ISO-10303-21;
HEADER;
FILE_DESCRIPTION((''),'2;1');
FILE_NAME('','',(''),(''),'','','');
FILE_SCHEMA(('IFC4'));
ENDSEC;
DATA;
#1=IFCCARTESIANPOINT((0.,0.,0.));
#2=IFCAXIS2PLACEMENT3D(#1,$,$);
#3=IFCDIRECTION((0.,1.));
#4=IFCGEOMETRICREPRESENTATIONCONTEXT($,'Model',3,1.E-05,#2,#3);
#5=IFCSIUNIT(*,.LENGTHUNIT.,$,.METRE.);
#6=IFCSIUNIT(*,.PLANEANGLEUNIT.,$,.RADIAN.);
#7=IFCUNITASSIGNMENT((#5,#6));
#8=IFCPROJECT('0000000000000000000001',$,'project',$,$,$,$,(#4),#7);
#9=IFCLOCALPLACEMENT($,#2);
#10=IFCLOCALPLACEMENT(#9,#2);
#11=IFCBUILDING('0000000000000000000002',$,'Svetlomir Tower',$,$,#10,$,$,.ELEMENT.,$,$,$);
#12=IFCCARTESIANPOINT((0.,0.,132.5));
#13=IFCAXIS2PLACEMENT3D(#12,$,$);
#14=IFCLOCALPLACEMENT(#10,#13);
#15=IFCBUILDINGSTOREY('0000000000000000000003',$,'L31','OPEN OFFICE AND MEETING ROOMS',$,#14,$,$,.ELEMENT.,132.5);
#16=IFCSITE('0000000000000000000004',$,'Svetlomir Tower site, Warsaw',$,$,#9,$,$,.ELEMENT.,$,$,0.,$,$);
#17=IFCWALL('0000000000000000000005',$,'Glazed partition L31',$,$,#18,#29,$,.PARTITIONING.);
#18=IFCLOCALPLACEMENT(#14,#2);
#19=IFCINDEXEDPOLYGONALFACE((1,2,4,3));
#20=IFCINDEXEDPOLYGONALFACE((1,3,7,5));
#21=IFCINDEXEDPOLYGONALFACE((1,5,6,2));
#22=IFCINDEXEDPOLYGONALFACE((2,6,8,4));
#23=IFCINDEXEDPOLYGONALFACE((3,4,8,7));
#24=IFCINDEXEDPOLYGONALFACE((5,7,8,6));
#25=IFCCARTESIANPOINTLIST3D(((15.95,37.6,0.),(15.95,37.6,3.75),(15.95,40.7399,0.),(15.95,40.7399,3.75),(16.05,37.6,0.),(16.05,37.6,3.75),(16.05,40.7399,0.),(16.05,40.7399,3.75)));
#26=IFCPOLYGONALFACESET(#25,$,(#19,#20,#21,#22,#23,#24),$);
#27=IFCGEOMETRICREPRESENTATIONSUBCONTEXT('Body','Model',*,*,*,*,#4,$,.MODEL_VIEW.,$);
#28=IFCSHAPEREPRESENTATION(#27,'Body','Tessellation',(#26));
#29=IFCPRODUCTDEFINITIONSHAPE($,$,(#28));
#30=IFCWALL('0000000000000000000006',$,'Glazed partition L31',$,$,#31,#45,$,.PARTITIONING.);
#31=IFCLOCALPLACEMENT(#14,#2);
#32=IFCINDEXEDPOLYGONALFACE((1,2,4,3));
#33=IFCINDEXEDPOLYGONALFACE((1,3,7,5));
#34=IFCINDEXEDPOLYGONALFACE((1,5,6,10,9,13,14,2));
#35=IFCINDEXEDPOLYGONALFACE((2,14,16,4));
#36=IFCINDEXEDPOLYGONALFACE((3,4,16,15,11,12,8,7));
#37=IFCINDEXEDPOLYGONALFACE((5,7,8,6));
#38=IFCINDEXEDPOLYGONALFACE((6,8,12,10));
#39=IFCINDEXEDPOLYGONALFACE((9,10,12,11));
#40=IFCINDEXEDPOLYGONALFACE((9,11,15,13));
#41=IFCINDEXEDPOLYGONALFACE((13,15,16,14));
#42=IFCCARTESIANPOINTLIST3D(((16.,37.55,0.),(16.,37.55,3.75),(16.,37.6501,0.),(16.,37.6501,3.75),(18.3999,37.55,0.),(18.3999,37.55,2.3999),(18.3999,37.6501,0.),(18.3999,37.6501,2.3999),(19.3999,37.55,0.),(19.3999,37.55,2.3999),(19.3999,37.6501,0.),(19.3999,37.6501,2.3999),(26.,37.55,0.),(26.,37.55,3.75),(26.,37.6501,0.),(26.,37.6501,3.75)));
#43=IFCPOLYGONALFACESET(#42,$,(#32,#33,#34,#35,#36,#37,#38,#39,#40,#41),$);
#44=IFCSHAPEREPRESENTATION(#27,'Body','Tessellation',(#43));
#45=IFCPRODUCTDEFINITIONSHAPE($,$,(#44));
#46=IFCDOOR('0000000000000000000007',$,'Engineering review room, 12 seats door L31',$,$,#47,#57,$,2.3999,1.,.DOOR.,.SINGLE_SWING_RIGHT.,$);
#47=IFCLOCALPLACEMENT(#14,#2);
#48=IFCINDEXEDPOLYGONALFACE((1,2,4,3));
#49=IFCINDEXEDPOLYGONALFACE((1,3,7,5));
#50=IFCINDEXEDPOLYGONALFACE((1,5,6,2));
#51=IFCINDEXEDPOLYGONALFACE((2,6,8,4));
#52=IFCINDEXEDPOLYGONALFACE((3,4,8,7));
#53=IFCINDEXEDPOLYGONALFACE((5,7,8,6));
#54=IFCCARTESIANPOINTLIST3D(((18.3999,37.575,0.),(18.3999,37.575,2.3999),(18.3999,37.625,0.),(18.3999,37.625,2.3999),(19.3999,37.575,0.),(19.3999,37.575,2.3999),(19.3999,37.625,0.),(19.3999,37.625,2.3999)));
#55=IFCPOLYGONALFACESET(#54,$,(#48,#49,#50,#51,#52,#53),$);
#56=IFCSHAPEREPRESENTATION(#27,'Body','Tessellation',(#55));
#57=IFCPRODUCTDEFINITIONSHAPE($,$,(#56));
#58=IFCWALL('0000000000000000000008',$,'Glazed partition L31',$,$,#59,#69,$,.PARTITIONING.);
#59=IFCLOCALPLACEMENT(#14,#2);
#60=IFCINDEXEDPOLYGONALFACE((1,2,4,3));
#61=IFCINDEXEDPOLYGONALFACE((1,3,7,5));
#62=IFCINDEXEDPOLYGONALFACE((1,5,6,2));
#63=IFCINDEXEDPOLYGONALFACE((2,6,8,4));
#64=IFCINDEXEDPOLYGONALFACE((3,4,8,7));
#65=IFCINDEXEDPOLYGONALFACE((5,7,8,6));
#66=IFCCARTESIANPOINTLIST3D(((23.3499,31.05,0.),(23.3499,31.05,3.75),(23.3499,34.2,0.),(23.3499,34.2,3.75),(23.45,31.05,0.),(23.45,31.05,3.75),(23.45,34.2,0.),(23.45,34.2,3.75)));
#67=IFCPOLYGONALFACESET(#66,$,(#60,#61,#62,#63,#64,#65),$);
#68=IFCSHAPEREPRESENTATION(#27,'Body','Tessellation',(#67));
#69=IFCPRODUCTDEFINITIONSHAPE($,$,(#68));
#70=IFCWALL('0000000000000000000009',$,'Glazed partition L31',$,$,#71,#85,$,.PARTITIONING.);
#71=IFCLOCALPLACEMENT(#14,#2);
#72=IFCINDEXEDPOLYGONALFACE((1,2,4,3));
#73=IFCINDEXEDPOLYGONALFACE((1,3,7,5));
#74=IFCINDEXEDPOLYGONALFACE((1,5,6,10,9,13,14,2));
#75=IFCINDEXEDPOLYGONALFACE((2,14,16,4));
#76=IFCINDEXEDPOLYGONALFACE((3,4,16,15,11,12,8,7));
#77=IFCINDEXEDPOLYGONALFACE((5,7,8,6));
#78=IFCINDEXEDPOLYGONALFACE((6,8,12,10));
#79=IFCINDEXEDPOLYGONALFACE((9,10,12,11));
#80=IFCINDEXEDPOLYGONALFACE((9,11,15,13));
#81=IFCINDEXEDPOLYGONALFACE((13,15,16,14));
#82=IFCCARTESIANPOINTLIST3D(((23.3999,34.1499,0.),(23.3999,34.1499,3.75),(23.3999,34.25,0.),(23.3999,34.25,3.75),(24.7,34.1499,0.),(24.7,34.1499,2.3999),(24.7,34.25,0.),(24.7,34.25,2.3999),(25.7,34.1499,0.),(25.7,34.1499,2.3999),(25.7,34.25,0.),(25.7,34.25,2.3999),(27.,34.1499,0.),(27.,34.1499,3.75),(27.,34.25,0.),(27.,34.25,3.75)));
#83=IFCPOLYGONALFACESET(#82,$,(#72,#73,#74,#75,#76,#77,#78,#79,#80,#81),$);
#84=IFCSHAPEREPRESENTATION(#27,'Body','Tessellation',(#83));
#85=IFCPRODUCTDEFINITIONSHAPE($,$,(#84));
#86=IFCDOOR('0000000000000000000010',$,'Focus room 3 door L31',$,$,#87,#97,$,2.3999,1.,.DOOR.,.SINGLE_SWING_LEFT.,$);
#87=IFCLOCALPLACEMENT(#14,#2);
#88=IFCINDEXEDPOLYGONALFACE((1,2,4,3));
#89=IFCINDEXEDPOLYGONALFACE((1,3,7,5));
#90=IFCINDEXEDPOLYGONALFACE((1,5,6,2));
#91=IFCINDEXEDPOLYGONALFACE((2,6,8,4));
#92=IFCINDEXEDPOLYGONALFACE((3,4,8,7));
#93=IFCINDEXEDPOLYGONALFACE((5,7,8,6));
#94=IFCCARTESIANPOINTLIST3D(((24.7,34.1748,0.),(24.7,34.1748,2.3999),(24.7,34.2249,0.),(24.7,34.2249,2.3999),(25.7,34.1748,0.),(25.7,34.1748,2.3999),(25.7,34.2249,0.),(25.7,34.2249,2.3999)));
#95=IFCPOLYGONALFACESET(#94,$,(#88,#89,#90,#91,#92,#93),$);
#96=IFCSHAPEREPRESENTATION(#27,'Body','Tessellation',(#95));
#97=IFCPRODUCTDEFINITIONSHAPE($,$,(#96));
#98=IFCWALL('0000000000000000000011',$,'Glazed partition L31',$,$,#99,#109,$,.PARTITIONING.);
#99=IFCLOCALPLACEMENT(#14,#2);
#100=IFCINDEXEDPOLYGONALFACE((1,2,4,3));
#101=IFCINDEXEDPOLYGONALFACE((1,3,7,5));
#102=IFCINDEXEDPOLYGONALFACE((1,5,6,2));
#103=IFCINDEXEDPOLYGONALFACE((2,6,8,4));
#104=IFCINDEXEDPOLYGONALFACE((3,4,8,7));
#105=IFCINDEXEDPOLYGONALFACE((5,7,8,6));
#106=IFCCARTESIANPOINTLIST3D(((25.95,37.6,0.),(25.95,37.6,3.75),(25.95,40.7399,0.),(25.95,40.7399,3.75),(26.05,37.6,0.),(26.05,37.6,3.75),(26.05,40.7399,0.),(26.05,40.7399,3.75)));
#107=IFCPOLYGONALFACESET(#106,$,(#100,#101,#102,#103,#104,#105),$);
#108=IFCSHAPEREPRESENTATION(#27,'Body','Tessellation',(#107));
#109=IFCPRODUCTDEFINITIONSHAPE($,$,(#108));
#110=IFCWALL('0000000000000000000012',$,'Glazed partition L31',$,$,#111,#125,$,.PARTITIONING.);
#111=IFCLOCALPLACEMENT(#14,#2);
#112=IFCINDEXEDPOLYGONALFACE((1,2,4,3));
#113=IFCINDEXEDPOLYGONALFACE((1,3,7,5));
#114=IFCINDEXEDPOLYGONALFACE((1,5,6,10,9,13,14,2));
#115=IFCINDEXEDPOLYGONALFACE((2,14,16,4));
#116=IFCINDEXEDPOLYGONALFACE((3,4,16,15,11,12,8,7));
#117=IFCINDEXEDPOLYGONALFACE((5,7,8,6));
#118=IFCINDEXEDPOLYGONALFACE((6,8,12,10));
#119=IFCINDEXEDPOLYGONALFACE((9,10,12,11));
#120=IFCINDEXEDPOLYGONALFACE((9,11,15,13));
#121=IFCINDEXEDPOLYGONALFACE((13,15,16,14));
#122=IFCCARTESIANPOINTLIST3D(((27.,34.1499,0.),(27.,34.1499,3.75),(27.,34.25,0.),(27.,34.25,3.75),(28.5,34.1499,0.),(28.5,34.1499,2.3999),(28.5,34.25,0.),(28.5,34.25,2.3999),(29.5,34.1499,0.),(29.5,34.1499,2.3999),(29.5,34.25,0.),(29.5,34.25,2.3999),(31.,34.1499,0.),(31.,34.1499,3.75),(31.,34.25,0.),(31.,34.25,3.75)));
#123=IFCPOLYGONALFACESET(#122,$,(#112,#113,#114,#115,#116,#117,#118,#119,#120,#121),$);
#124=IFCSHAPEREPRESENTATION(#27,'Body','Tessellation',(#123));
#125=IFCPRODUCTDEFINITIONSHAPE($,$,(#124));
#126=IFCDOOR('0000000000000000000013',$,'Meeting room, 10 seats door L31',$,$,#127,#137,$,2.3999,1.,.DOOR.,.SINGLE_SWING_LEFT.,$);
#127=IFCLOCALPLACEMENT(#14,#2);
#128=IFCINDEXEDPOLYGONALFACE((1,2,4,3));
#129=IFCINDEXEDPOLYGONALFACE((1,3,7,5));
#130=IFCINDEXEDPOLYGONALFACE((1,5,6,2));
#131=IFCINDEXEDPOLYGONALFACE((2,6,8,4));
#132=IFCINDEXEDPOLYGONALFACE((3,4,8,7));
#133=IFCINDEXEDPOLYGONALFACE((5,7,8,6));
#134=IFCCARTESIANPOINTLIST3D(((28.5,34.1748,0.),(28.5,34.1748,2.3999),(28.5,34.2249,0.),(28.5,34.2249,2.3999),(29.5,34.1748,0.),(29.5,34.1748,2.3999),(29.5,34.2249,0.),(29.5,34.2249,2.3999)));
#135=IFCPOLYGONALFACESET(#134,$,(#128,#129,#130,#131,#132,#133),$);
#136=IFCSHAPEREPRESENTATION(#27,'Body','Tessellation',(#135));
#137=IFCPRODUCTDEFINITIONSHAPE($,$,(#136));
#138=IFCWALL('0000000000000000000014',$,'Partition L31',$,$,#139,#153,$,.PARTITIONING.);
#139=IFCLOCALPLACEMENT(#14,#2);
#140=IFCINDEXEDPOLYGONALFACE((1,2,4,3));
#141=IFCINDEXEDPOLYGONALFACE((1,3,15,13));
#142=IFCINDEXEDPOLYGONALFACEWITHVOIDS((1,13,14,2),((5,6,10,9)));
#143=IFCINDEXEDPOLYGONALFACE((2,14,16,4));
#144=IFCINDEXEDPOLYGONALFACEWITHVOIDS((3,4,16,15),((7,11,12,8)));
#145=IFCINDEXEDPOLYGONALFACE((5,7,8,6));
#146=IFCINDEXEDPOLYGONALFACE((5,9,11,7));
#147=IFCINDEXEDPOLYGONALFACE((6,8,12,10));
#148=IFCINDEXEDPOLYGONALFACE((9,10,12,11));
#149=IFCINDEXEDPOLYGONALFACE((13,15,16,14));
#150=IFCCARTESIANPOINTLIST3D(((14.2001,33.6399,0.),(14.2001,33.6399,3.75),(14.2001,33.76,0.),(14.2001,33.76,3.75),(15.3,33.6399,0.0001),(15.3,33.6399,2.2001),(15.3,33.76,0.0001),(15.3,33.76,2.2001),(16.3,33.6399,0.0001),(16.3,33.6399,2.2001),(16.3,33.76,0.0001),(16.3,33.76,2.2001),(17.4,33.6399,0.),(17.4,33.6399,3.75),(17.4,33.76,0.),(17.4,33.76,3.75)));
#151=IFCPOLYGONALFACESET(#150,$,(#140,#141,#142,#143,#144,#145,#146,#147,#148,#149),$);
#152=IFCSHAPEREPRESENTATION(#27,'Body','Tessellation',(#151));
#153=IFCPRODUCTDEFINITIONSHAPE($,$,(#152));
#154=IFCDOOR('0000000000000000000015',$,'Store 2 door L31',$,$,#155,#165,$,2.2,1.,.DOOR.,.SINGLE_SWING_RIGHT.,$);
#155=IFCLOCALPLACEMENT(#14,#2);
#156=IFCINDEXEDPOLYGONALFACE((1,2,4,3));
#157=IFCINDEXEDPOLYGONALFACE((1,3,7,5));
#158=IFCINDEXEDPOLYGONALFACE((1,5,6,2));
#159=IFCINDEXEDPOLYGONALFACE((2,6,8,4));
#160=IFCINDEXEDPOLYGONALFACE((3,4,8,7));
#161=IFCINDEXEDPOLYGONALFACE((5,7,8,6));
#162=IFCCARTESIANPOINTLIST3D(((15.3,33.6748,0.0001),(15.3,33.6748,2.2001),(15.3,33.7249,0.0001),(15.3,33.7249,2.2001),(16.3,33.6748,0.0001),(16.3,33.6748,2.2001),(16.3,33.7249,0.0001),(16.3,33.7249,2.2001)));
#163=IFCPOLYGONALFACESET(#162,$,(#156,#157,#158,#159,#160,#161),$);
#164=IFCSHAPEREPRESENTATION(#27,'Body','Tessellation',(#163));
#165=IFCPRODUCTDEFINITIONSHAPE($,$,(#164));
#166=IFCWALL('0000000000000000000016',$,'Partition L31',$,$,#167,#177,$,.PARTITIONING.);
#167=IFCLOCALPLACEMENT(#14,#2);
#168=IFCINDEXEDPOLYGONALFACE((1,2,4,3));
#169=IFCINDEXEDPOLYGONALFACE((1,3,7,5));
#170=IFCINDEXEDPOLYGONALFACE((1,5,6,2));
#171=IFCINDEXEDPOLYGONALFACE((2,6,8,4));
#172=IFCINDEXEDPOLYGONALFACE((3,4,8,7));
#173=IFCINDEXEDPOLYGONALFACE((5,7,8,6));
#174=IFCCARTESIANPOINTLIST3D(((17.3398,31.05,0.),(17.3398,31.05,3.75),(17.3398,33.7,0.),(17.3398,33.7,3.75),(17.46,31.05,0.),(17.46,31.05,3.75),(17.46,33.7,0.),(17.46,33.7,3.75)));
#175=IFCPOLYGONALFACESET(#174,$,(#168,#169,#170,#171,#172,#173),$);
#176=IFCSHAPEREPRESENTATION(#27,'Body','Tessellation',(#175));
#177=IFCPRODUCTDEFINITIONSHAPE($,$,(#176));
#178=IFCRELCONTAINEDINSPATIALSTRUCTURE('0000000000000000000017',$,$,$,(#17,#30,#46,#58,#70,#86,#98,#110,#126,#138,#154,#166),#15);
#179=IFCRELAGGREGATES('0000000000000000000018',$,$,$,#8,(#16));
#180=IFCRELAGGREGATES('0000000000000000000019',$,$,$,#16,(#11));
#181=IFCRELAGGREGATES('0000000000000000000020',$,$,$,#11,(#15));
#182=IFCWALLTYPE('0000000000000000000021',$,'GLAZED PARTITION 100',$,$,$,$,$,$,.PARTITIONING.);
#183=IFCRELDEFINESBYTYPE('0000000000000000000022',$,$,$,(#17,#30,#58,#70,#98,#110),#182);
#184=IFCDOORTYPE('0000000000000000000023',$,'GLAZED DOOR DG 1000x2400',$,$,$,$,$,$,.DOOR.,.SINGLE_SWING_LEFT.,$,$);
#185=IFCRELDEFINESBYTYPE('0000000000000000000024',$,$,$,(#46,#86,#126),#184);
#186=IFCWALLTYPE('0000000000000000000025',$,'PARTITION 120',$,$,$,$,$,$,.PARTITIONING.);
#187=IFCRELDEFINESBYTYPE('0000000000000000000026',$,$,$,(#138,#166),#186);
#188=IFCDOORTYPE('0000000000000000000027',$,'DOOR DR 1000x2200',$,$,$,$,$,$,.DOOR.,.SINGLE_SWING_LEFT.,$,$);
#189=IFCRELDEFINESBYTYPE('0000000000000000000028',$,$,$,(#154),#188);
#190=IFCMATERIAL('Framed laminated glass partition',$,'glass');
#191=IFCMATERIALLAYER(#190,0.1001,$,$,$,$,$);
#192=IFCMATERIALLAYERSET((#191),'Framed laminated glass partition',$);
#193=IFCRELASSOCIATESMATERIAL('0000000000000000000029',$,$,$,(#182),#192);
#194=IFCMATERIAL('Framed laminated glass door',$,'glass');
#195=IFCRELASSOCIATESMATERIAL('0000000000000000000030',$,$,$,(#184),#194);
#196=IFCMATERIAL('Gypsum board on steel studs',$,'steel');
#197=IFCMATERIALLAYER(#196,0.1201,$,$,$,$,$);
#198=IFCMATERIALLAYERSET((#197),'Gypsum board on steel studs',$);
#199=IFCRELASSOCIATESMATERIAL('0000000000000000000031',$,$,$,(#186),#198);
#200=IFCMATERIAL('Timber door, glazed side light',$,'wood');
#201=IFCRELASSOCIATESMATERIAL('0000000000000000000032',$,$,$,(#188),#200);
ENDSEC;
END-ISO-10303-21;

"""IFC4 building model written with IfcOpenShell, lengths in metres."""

from ifc_helpers import new_model, si_unit, direction, frame, frame_2d, origin, place, context, subcontext, project, spatial, rectangle, extrude, material, layer, layer_set, type_object, element, fill, save


model = new_model("IFC4")

# Units and contexts
model_context = context("Model", 3, precision=1e-05, world=origin(), true_north=direction((0.0, 1.0)))
body_context = subcontext(model_context, "Body", "Model", "MODEL_VIEW")
ifc_project = project(units=[si_unit("LENGTHUNIT", "METRE"), si_unit("PLANEANGLEUNIT", "RADIAN")], contexts=[model_context])

# Site, building, storey
site_placement = place(None, origin())
site = spatial("IfcSite", under=ifc_project, at=site_placement, Name="Svetlomir Tower site, Warsaw", CompositionType="ELEMENT", RefElevation=0.0)
building_placement = place(site_placement, origin())
building = spatial("IfcBuilding", under=site, at=building_placement, Name="Svetlomir Tower", CompositionType="ELEMENT")
storey_placement = place(building_placement, frame((0.0, 0.0, 132.5)))
storey = spatial("IfcBuildingStorey", under=building, at=storey_placement, Name="L31", Description="OPEN OFFICE AND MEETING ROOMS", CompositionType="ELEMENT", Elevation=132.5)

# Wall
ifc_material_1 = material(Name="Framed laminated glass partition", Category="glass")
ifc_layer_1 = layer(ifc_material_1, 0.1001)
ifc_layer_set_1 = layer_set([ifc_layer_1], Name="Framed laminated glass partition")
wall_type_1 = type_object("IfcWallType", Name="GLAZED PARTITION 100", PredefinedType="PARTITIONING", material=ifc_layer_set_1)
wall_1_placement = place(storey_placement, frame((16.0, 37.6001, 0.0), z_axis=(0.0, 0.0, 1.0), x_axis=(0.0, 1.0, 0.0)))
element("IfcWall", 1, at=wall_1_placement, inside=storey, type_object=wall_type_1, Name="Glazed partition L31", PredefinedType="PARTITIONING", context=body_context, shape_type="SweptSolid", body=[
    extrude(rectangle(XDim=3.1399, YDim=0.1001, at=frame_2d((1.5698, 0.0))), origin(), (0.0, 0.0, 1.0), 3.75),
])

# Wall, opening, door
wall_2_placement = place(storey_placement, frame((16.0, 37.6001, 0.0), z_axis=(0.0, 0.0, 1.0), x_axis=(1.0, 0.0, 0.0)))
wall_2 = element("IfcWall", 2, at=wall_2_placement, inside=storey, type_object=wall_type_1, Name="Glazed partition L31", PredefinedType="PARTITIONING", context=body_context, shape_type="SweptSolid", body=[
    extrude(rectangle(XDim=10.0, YDim=0.1001, at=frame_2d((5.0, 0.0))), origin(), (0.0, 0.0, 1.0), 3.75),
])
opening_1_placement = place(wall_2_placement, frame((2.3999, 0.0, 0.0)))
opening_1 = element("IfcOpeningElement", 3, at=opening_1_placement, cuts=wall_2, PredefinedType="OPENING", context=body_context, shape_type="SweptSolid", body=[
    extrude(rectangle(XDim=1.0, YDim=2.3999, at=frame_2d((0.5, 1.2))), frame((0.0, 0.0601, 0.0), z_axis=(0.0, -1.0, 0.0), x_axis=(1.0, 0.0, 0.0)), (0.0, 0.0, 1.0), 0.1201),
])
ifc_material_2 = material(Name="Framed laminated glass door", Category="glass")
door_type_1 = type_object("IfcDoorType", Name="GLAZED DOOR DG 1000x2400", OperationType="SINGLE_SWING_LEFT", PredefinedType="DOOR", material=ifc_material_2)
door_1_placement = place(opening_1_placement, origin())
door_1 = element("IfcDoor", 4, at=door_1_placement, inside=storey, type_object=door_type_1, Name="Engineering review room, 12 seats door L31", OperationType="SINGLE_SWING_RIGHT", OverallHeight=2.3999, OverallWidth=1.0, PredefinedType="DOOR", context=body_context, shape_type="SweptSolid", body=[
    extrude(rectangle(XDim=1.0, YDim=2.3999, at=frame_2d((0.5, 1.2))), frame((0.0, 0.0249, 0.0), z_axis=(0.0, -1.0, 0.0), x_axis=(1.0, 0.0, 0.0)), (0.0, 0.0, 1.0), 0.05),
])
fill(opening_1, door_1)

# Wall
wall_3_placement = place(storey_placement, frame((23.3999, 31.05, 0.0), z_axis=(0.0, 0.0, 1.0), x_axis=(0.0, 1.0, 0.0)))
element("IfcWall", 5, at=wall_3_placement, inside=storey, type_object=wall_type_1, Name="Glazed partition L31", PredefinedType="PARTITIONING", context=body_context, shape_type="SweptSolid", body=[
    extrude(rectangle(XDim=3.1499, YDim=0.1001, at=frame_2d((1.575, 0.0))), origin(), (0.0, 0.0, 1.0), 3.75),
])

# Wall, opening, door
wall_4_placement = place(storey_placement, frame((23.3999, 34.2, 0.0), z_axis=(0.0, 0.0, 1.0), x_axis=(1.0, 0.0, 0.0)))
wall_4 = element("IfcWall", 6, at=wall_4_placement, inside=storey, type_object=wall_type_1, Name="Glazed partition L31", PredefinedType="PARTITIONING", context=body_context, shape_type="SweptSolid", body=[
    extrude(rectangle(XDim=3.6001, YDim=0.1001, at=frame_2d((1.8, 0.0))), origin(), (0.0, 0.0, 1.0), 3.75),
])
opening_2_placement = place(wall_4_placement, frame((1.3, 0.0, 0.0)))
opening_2 = element("IfcOpeningElement", 7, at=opening_2_placement, cuts=wall_4, PredefinedType="OPENING", context=body_context, shape_type="SweptSolid", body=[
    extrude(rectangle(XDim=1.0, YDim=2.3999, at=frame_2d((0.5, 1.2))), frame((0.0, 0.0601, 0.0), z_axis=(0.0, -1.0, 0.0), x_axis=(1.0, 0.0, 0.0)), (0.0, 0.0, 1.0), 0.1201),
])
door_2_placement = place(opening_2_placement, origin())
door_2 = element("IfcDoor", 8, at=door_2_placement, inside=storey, type_object=door_type_1, Name="Focus room 3 door L31", OperationType="SINGLE_SWING_LEFT", OverallHeight=2.3999, OverallWidth=1.0, PredefinedType="DOOR", context=body_context, shape_type="SweptSolid", body=[
    extrude(rectangle(XDim=1.0, YDim=2.3999, at=frame_2d((0.5, 1.2))), frame((0.0, 0.0249, 0.0), z_axis=(0.0, -1.0, 0.0), x_axis=(1.0, 0.0, 0.0)), (0.0, 0.0, 1.0), 0.05),
])
fill(opening_2, door_2)

# Wall
wall_5_placement = place(storey_placement, frame((26.0, 37.6001, 0.0), z_axis=(0.0, 0.0, 1.0), x_axis=(0.0, 1.0, 0.0)))
element("IfcWall", 9, at=wall_5_placement, inside=storey, type_object=wall_type_1, Name="Glazed partition L31", PredefinedType="PARTITIONING", context=body_context, shape_type="SweptSolid", body=[
    extrude(rectangle(XDim=3.1399, YDim=0.1001, at=frame_2d((1.5698, 0.0))), origin(), (0.0, 0.0, 1.0), 3.75),
])

# Walls, openings, doors
wall_6_placement = place(storey_placement, frame((27.0, 34.2, 0.0), z_axis=(0.0, 0.0, 1.0), x_axis=(1.0, 0.0, 0.0)))
wall_6 = element("IfcWall", 10, at=wall_6_placement, inside=storey, type_object=wall_type_1, Name="Glazed partition L31", PredefinedType="PARTITIONING", context=body_context, shape_type="SweptSolid", body=[
    extrude(rectangle(XDim=4.0, YDim=0.1001, at=frame_2d((2.0, 0.0))), origin(), (0.0, 0.0, 1.0), 3.75),
])
opening_3_placement = place(wall_6_placement, frame((1.5, 0.0, 0.0)))
opening_3 = element("IfcOpeningElement", 11, at=opening_3_placement, cuts=wall_6, PredefinedType="OPENING", context=body_context, shape_type="SweptSolid", body=[
    extrude(rectangle(XDim=1.0, YDim=2.3999, at=frame_2d((0.5, 1.2))), frame((0.0, 0.0601, 0.0), z_axis=(0.0, -1.0, 0.0), x_axis=(1.0, 0.0, 0.0)), (0.0, 0.0, 1.0), 0.1201),
])
door_3_placement = place(opening_3_placement, origin())
door_3 = element("IfcDoor", 12, at=door_3_placement, inside=storey, type_object=door_type_1, Name="Meeting room, 10 seats door L31", OperationType="SINGLE_SWING_LEFT", OverallHeight=2.3999, OverallWidth=1.0, PredefinedType="DOOR", context=body_context, shape_type="SweptSolid", body=[
    extrude(rectangle(XDim=1.0, YDim=2.3999, at=frame_2d((0.5, 1.2))), frame((0.0, 0.0249, 0.0), z_axis=(0.0, -1.0, 0.0), x_axis=(1.0, 0.0, 0.0)), (0.0, 0.0, 1.0), 0.05),
])
fill(opening_3, door_3)
ifc_material_3 = material(Name="Gypsum board on steel studs", Category="steel")
ifc_layer_2 = layer(ifc_material_3, 0.1201)
ifc_layer_set_2 = layer_set([ifc_layer_2], Name="Gypsum board on steel studs")
wall_type_2 = type_object("IfcWallType", Name="PARTITION 120", PredefinedType="PARTITIONING", material=ifc_layer_set_2)
wall_7_placement = place(storey_placement, frame((14.2, 33.7, 0.0), z_axis=(0.0, 0.0, 1.0), x_axis=(1.0, 0.0, 0.0)))
wall_7 = element("IfcWall", 13, at=wall_7_placement, inside=storey, type_object=wall_type_2, Name="Partition L31", PredefinedType="PARTITIONING", context=body_context, shape_type="SweptSolid", body=[
    extrude(rectangle(XDim=3.2, YDim=0.1201, at=frame_2d((1.6001, 0.0))), origin(), (0.0, 0.0, 1.0), 3.75),
])
opening_4_placement = place(wall_7_placement, frame((1.1001, 0.0, 0.0)))
opening_4 = element("IfcOpeningElement", 14, at=opening_4_placement, cuts=wall_7, PredefinedType="OPENING", context=body_context, shape_type="SweptSolid", body=[
    extrude(rectangle(XDim=1.0, YDim=2.2, at=frame_2d((0.5, 1.1001))), frame((0.0, 0.0701, 0.0), z_axis=(0.0, -1.0, 0.0), x_axis=(1.0, 0.0, 0.0)), (0.0, 0.0, 1.0), 0.1401),
])
ifc_material_4 = material(Name="Timber door, glazed side light", Category="wood")
door_type_2 = type_object("IfcDoorType", Name="DOOR DR 1000x2200", OperationType="SINGLE_SWING_LEFT", PredefinedType="DOOR", material=ifc_material_4)
door_4_placement = place(opening_4_placement, origin())
door_4 = element("IfcDoor", 15, at=door_4_placement, inside=storey, type_object=door_type_2, Name="Store 2 door L31", OperationType="SINGLE_SWING_RIGHT", OverallHeight=2.2, OverallWidth=1.0, PredefinedType="DOOR", context=body_context, shape_type="SweptSolid", body=[
    extrude(rectangle(XDim=1.0, YDim=2.2, at=frame_2d((0.5, 1.1001))), frame((0.0, 0.0249, 0.0), z_axis=(0.0, -1.0, 0.0), x_axis=(1.0, 0.0, 0.0)), (0.0, 0.0, 1.0), 0.05),
])
fill(opening_4, door_4)

# Wall
wall_8_placement = place(storey_placement, frame((17.3999, 31.05, 0.0), z_axis=(0.0, 0.0, 1.0), x_axis=(0.0, 1.0, 0.0)))
element("IfcWall", 16, at=wall_8_placement, inside=storey, type_object=wall_type_2, Name="Partition L31", PredefinedType="PARTITIONING", context=body_context, shape_type="SweptSolid", body=[
    extrude(rectangle(XDim=2.6499, YDim=0.1201, at=frame_2d((1.325, 0.0))), origin(), (0.0, 0.0, 1.0), 3.75),
])

save(model, "model.ifc")
